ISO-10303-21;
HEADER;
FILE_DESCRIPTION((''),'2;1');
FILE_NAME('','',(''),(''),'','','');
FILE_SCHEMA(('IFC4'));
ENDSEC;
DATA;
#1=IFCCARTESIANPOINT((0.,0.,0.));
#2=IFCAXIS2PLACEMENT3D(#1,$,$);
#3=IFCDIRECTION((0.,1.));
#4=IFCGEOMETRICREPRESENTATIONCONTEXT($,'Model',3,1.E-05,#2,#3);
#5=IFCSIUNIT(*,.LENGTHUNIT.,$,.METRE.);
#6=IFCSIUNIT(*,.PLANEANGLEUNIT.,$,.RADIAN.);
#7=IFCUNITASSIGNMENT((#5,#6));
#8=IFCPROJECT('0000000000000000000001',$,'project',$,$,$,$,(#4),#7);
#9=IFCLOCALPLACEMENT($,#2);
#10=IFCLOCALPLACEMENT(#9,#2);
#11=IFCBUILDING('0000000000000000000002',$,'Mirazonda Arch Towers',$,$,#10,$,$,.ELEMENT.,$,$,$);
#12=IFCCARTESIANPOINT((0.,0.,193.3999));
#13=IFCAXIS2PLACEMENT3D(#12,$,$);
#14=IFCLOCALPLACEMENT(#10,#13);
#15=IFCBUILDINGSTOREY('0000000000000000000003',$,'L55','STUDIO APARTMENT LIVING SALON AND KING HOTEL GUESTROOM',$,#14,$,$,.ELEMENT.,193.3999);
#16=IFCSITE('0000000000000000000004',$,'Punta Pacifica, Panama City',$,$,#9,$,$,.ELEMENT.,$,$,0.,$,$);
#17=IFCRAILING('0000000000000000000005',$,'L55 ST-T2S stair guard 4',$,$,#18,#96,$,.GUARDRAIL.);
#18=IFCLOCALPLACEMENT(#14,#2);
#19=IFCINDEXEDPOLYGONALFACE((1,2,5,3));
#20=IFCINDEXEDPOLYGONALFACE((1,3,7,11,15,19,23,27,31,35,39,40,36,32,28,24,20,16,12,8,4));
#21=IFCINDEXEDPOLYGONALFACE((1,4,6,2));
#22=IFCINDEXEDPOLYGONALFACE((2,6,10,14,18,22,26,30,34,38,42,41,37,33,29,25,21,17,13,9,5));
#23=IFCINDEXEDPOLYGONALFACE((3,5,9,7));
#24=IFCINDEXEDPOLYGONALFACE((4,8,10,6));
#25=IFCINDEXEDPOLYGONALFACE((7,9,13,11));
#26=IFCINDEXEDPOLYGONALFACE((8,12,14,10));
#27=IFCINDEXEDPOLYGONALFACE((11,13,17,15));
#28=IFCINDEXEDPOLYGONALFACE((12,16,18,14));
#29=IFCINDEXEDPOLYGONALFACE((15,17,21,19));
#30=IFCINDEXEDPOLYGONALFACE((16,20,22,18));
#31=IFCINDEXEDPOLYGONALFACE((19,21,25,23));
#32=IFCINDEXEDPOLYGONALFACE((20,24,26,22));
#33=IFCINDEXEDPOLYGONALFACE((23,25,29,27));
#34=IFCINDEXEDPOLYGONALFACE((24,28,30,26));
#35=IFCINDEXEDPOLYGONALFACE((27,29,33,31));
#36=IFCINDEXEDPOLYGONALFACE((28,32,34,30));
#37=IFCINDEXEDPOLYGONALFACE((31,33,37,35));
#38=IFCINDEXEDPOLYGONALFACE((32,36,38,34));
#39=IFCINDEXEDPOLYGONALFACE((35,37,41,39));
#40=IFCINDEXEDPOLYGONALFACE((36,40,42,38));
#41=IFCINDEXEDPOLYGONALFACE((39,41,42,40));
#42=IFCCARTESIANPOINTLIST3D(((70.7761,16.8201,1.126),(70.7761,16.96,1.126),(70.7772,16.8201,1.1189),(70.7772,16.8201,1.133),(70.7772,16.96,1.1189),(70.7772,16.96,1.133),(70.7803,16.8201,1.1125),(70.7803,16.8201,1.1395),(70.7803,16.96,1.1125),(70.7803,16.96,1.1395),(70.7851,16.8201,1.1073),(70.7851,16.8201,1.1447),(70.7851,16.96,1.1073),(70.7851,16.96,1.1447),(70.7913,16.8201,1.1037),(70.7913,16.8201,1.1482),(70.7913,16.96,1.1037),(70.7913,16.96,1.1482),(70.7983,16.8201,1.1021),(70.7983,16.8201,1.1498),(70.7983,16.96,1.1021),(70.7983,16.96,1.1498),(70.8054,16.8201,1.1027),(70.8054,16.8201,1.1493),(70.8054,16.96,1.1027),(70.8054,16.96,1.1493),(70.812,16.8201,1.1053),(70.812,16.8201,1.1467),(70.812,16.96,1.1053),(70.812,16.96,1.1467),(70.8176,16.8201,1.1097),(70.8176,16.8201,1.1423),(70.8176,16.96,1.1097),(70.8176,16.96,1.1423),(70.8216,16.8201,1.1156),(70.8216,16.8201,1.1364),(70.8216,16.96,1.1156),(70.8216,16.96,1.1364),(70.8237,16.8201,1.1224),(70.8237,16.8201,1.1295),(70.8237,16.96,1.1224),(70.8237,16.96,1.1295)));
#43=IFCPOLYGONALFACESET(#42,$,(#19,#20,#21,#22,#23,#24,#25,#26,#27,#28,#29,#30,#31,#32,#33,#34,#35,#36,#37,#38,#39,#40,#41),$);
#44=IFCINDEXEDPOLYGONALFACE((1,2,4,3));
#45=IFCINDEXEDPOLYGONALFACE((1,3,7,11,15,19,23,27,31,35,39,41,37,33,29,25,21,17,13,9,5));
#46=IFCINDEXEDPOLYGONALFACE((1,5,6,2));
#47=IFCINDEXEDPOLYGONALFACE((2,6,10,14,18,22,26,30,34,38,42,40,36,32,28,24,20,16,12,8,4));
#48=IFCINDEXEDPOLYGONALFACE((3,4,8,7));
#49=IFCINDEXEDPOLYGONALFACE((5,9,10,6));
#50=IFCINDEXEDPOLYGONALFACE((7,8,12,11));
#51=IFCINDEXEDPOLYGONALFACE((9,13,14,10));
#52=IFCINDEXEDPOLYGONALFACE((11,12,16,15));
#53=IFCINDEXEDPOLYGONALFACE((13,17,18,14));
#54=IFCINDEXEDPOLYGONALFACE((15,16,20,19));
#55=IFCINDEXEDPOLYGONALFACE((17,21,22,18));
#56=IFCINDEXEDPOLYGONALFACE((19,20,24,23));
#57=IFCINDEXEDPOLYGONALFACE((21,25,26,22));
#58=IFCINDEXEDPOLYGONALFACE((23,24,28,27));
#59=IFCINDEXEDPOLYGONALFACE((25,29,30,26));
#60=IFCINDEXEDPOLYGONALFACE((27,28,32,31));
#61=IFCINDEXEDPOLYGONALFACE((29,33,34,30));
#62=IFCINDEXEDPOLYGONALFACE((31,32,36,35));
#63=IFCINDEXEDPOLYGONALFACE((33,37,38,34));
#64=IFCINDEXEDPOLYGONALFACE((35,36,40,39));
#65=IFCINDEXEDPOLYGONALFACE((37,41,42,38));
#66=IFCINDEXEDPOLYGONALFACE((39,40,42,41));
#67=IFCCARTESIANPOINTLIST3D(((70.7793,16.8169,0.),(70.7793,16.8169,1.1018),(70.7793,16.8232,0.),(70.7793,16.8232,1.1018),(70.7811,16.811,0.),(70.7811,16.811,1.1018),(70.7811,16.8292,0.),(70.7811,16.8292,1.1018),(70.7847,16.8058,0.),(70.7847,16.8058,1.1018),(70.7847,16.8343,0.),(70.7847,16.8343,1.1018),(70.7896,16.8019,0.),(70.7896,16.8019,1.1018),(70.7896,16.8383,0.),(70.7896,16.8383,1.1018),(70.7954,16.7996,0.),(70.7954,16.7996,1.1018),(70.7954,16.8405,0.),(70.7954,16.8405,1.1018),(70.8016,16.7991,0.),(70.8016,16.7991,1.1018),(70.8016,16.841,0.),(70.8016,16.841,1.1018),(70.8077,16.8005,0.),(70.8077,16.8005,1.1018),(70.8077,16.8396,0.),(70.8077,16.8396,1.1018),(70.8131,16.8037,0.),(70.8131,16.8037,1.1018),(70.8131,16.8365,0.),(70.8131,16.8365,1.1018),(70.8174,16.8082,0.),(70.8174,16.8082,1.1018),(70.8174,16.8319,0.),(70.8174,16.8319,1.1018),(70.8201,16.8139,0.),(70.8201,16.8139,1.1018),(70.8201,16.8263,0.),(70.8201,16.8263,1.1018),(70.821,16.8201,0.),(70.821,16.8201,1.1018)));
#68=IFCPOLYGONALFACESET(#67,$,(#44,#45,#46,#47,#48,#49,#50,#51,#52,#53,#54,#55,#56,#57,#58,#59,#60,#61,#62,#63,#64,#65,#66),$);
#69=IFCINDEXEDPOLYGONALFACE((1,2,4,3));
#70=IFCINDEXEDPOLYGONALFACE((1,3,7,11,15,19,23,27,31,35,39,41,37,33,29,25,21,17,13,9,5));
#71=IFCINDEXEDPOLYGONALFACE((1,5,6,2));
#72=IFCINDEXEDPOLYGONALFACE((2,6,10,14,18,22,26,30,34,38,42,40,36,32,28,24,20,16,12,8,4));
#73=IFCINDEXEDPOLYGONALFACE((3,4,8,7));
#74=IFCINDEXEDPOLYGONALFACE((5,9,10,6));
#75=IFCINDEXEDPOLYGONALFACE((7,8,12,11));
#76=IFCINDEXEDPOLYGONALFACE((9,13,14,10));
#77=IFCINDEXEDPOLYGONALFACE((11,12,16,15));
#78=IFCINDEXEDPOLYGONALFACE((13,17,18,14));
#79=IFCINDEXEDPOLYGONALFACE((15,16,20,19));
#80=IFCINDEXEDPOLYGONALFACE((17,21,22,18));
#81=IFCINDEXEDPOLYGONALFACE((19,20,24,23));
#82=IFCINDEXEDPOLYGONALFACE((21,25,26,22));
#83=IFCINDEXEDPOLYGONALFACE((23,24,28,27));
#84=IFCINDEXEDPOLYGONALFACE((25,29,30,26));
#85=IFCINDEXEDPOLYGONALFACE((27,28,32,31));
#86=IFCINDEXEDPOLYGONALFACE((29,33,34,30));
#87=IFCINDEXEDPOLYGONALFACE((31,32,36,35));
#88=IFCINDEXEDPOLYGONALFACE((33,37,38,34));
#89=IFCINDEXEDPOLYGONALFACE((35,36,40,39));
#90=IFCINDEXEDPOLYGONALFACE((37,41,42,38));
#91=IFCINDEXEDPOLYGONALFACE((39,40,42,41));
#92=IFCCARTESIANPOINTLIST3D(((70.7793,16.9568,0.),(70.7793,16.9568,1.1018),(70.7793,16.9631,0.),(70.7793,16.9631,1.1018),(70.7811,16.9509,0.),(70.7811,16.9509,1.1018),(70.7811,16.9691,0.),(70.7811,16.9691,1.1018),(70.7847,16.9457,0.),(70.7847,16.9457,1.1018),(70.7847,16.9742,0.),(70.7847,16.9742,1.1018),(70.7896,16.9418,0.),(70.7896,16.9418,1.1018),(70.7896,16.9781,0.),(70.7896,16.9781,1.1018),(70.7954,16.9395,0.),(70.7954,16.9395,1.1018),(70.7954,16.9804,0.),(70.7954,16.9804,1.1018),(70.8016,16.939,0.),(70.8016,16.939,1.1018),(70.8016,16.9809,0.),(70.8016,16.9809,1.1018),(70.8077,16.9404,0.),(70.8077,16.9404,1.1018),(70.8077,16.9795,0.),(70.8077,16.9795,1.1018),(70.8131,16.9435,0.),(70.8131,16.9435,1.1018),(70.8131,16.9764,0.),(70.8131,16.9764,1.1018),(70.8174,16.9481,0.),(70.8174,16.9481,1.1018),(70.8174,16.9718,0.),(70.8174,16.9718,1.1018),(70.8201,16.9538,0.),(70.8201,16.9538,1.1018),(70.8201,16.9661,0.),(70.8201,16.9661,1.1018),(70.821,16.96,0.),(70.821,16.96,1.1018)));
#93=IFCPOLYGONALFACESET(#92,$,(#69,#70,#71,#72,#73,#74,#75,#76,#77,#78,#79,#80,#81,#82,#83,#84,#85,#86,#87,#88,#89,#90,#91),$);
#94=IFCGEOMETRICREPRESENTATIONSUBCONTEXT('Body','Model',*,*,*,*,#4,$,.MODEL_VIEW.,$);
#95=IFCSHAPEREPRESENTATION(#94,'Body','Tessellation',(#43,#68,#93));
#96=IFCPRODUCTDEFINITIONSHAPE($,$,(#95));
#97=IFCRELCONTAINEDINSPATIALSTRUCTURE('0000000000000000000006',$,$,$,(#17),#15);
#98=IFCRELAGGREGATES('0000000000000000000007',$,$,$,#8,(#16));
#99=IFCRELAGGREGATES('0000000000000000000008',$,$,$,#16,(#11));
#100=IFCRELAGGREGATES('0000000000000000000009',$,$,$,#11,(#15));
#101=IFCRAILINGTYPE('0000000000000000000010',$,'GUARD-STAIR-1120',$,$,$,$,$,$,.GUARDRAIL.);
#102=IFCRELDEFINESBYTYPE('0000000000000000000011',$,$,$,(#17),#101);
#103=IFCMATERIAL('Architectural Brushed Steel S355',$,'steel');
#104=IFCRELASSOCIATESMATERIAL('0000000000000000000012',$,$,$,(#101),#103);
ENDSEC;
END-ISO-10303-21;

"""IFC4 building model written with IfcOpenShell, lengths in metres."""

from ifc_helpers import new_model, si_unit, direction, frame, origin, origin_2d, place, context, subcontext, project, spatial, circle, extrude, material, type_object, element, save


model = new_model("IFC4")

# Units and contexts
model_context = context("Model", 3, precision=1e-05, world=origin(), true_north=direction((0.0, 1.0)))
body_context = subcontext(model_context, "Body", "Model", "MODEL_VIEW")
ifc_project = project(units=[si_unit("LENGTHUNIT", "METRE"), si_unit("PLANEANGLEUNIT", "RADIAN")], contexts=[model_context])

# Site, building, storey
site_placement = place(None, origin())
site = spatial("IfcSite", under=ifc_project, at=site_placement, Name="Punta Pacifica, Panama City", CompositionType="ELEMENT", RefElevation=0.0)
building_placement = place(site_placement, origin())
building = spatial("IfcBuilding", under=site, at=building_placement, Name="Mirazonda Arch Towers", CompositionType="ELEMENT")
storey_placement = place(building_placement, frame((0.0, 0.0, 193.3999)))
storey = spatial("IfcBuildingStorey", under=building, at=storey_placement, Name="L55", Description="STUDIO APARTMENT LIVING SALON AND KING HOTEL GUESTROOM", CompositionType="ELEMENT", Elevation=193.3999)

# Railing
ifc_material_1 = material(Name="Architectural Brushed Steel S355", Category="steel")
railing_type_1 = type_object("IfcRailingType", Name="GUARD-STAIR-1120", PredefinedType="GUARDRAIL", material=ifc_material_1)
railing_1_placement = place(storey_placement, frame((70.8, 16.8201, 0.0)))
element("IfcRailing", 1, at=railing_1_placement, inside=storey, type_object=railing_type_1, Name="L55 ST-T2S stair guard 4", PredefinedType="GUARDRAIL", context=body_context, shape_type="SweptSolid", body=[
    extrude(circle(Radius=0.0239, at=origin_2d()), frame((0.0, 0.0, 1.126), z_axis=(0.0, 1.0, 0.0), x_axis=(-1.0, 0.0, 0.0)), (0.0, 0.0, 1.0), 0.1399),
    extrude(circle(Radius=0.021, at=origin_2d()), origin(), (0.0, 0.0, 1.0), 1.1018),
    extrude(circle(Radius=0.021, at=origin_2d()), frame((0.0, 0.1399, 0.0)), (0.0, 0.0, 1.0), 1.1018),
])

save(model, "model.ifc")
